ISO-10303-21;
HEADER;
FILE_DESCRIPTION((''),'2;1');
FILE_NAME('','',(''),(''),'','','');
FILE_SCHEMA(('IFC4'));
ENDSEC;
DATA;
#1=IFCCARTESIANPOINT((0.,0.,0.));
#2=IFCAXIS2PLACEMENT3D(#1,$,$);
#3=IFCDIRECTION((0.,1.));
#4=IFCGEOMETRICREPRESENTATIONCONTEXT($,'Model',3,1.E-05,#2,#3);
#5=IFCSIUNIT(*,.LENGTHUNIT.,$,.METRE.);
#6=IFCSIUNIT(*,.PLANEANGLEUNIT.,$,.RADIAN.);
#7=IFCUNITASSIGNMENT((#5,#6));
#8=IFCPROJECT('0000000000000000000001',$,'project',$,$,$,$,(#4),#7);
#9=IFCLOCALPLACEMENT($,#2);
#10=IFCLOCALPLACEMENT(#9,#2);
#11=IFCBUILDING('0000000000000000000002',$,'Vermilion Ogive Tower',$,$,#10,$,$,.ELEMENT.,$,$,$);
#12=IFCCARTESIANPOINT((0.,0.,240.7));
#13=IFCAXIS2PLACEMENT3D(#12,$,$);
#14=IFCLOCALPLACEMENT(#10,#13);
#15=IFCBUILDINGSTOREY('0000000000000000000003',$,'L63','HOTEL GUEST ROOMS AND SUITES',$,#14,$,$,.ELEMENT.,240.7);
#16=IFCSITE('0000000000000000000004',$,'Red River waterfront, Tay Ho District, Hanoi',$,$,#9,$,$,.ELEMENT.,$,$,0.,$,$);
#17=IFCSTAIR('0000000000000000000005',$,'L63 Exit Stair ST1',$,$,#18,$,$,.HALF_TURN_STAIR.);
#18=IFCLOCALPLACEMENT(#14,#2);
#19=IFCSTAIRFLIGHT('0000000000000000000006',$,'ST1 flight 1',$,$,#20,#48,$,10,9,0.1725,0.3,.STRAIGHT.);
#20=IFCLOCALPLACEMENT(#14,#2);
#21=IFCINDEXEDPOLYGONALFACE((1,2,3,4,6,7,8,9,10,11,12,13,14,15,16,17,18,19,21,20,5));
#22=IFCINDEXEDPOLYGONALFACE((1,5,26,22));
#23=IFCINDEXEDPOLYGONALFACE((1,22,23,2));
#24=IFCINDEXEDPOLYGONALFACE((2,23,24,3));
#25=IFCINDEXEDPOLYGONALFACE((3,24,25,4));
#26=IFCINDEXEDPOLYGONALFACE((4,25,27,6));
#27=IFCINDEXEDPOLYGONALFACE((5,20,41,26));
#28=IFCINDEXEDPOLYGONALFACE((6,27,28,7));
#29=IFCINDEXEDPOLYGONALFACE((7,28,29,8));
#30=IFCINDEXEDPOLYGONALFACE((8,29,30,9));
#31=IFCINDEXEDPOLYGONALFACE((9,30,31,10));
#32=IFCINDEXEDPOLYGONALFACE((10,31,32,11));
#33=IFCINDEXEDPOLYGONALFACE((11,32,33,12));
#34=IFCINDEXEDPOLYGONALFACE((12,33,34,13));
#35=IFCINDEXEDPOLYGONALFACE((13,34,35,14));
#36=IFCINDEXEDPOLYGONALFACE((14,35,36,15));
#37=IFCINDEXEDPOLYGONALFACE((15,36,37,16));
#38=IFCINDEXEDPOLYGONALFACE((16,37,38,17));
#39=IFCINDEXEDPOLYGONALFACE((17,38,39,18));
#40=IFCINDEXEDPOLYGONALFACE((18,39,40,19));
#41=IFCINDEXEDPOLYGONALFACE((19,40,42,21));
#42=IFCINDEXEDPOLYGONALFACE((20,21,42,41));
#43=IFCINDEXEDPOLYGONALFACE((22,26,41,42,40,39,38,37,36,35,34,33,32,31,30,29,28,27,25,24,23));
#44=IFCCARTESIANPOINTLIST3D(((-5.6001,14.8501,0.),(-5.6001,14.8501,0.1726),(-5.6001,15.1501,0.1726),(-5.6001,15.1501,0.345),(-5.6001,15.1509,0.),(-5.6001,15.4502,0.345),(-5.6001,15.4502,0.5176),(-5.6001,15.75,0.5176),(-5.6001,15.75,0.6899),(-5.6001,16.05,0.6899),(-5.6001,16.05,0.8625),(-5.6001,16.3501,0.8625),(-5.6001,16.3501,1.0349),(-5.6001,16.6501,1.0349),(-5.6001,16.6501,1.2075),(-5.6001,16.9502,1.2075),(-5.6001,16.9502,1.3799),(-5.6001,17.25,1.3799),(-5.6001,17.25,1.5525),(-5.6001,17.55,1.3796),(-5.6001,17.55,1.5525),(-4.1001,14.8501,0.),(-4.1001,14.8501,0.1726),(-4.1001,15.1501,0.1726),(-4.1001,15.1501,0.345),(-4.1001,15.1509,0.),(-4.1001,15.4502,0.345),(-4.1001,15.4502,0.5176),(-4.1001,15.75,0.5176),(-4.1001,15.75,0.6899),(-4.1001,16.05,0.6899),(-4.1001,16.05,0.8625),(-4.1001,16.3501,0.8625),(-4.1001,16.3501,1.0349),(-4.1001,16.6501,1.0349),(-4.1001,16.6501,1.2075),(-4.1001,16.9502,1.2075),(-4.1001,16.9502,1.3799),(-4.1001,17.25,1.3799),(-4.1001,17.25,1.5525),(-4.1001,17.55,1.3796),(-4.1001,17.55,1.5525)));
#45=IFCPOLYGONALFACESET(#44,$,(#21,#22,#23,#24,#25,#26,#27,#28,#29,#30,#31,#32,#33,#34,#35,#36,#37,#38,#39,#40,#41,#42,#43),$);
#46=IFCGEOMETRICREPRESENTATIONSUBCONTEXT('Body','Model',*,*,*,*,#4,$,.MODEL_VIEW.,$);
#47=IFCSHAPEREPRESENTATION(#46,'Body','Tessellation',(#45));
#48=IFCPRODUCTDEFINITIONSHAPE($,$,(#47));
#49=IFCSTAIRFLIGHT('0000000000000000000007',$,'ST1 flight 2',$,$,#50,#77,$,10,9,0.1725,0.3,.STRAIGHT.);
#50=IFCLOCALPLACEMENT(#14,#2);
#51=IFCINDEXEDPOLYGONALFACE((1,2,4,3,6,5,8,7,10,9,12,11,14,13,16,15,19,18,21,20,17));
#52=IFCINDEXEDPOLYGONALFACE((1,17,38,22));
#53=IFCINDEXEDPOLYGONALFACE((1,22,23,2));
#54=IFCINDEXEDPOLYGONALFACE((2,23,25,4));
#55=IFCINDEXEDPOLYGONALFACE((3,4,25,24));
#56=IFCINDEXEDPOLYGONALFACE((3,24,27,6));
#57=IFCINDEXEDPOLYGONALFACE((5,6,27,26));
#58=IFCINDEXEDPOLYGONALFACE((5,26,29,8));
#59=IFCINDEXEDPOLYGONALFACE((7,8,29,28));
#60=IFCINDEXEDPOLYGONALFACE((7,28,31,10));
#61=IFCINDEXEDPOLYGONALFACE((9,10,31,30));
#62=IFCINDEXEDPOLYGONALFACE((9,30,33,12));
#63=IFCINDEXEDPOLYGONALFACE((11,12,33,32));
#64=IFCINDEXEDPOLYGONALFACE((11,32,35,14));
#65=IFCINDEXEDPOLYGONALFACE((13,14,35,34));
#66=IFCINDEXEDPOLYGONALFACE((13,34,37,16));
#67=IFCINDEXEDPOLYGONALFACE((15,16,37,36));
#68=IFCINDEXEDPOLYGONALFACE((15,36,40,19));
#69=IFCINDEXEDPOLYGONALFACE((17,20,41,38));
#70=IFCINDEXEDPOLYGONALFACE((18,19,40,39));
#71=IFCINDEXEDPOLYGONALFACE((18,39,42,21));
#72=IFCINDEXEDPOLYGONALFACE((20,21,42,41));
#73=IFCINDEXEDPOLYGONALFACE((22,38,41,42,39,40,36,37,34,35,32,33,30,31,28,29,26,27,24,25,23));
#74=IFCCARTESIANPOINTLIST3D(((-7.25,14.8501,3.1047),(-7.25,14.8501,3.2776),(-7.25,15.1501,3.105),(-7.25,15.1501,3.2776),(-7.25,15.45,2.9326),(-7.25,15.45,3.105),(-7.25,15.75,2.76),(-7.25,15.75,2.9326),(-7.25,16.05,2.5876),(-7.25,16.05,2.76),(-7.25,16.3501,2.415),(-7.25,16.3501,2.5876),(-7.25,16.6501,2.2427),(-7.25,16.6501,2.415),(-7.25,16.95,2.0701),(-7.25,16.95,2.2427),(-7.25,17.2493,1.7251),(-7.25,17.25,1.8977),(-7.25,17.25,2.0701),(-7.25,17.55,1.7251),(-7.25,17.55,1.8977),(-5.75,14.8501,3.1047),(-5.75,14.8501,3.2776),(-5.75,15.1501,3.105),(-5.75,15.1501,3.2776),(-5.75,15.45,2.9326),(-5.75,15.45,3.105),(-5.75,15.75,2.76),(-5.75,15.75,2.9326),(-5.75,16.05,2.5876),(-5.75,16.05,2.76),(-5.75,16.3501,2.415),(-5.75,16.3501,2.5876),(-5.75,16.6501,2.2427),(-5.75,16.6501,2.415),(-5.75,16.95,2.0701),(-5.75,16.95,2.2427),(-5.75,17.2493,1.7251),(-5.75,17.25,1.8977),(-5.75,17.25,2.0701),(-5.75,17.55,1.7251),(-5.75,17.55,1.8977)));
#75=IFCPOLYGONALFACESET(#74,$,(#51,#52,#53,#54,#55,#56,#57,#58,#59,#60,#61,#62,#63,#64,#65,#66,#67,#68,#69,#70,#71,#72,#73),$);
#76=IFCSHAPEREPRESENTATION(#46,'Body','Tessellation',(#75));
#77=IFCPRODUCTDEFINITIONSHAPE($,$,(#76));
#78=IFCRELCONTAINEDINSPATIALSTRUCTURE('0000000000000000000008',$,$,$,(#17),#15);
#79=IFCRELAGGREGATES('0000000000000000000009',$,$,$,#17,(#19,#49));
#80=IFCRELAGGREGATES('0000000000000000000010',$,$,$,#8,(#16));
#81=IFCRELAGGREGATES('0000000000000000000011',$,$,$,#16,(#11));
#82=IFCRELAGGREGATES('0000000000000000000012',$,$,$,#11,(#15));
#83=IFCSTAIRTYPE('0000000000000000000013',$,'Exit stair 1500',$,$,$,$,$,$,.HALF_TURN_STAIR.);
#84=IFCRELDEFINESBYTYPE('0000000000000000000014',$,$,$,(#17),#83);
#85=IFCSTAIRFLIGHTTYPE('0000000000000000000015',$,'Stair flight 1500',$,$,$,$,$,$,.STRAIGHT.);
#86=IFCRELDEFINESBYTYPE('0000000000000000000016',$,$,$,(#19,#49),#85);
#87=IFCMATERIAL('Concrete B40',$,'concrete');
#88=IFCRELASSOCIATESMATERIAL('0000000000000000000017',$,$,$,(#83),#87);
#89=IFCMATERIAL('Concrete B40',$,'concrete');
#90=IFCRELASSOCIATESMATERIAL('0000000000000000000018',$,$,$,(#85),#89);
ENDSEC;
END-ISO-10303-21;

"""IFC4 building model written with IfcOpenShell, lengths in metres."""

from ifc_helpers import new_model, si_unit, direction, frame, origin, place, context, subcontext, project, spatial, polyline, outline, extrude, material, type_object, element, aggregate, save


model = new_model("IFC4")

# Units and contexts
model_context = context("Model", 3, precision=1e-05, world=origin(), true_north=direction((0.0, 1.0)))
body_context = subcontext(model_context, "Body", "Model", "MODEL_VIEW")
ifc_project = project(units=[si_unit("LENGTHUNIT", "METRE"), si_unit("PLANEANGLEUNIT", "RADIAN")], contexts=[model_context])

# Site, building, storey
site_placement = place(None, origin())
site = spatial("IfcSite", under=ifc_project, at=site_placement, Name="Red River waterfront, Tay Ho District, Hanoi", CompositionType="ELEMENT", RefElevation=0.0)
building_placement = place(site_placement, origin())
building = spatial("IfcBuilding", under=site, at=building_placement, Name="Vermilion Ogive Tower", CompositionType="ELEMENT")
storey_placement = place(building_placement, frame((0.0, 0.0, 240.7)))
storey = spatial("IfcBuildingStorey", under=building, at=storey_placement, Name="L63", Description="HOTEL GUEST ROOMS AND SUITES", CompositionType="ELEMENT", Elevation=240.7)

# Stair, stair flights
ifc_material_1 = material(Name="Concrete B40", Category="concrete")
stair_type = type_object("IfcStairType", Name="Exit stair 1500", PredefinedType="HALF_TURN_STAIR", material=ifc_material_1)
stair_placement = place(storey_placement, origin())
stair = element("IfcStair", 1, at=stair_placement, inside=storey, type_object=stair_type, Name="L63 Exit Stair ST1", PredefinedType="HALF_TURN_STAIR")
ifc_material_2 = material(Name="Concrete B40", Category="concrete")
stair_flight_type = type_object("IfcStairFlightType", Name="Stair flight 1500", PredefinedType="STRAIGHT", material=ifc_material_2)
stair_flight_1_placement = place(storey_placement, frame((-4.8501, 14.8501, 0.0), z_axis=(0.0, 0.0, 1.0), x_axis=(0.0, 1.0, 0.0)))
stair_flight_1 = element("IfcStairFlight", 2, at=stair_flight_1_placement, type_object=stair_flight_type, Name="ST1 flight 1", NumberOfRisers=10, NumberOfTreads=9, PredefinedType="STRAIGHT", RiserHeight=0.1725, TreadLength=0.3, context=body_context, shape_type="SweptSolid", body=[
    extrude(outline(polyline([(0.0, 0.0), (0.0, 0.1726), (0.3, 0.1726), (0.3, 0.345), (0.6001, 0.345), (0.6001, 0.5176), (0.8999, 0.5176), (0.8999, 0.6899), (1.2, 0.6899), (1.2, 0.8625), (1.5, 0.8625), (1.5, 1.0349), (1.8, 1.0349), (1.8, 1.2075), (2.1001, 1.2075), (2.1001, 1.3799), (2.3999, 1.3799), (2.3999, 1.5525), (2.7, 1.5525), (2.7, 1.7251), (2.7, 1.3796), (0.3008, 0.0), (0.0, 0.0)])), frame((0.0, 0.75, 0.0), z_axis=(0.0, -1.0, 0.0), x_axis=(1.0, 0.0, 0.0)), (0.0, 0.0, 1.0), 1.5),
])
stair_flight_2_placement = place(storey_placement, frame((-6.5, 17.55, 1.7251), z_axis=(0.0, 0.0, 1.0), x_axis=(0.0, -1.0, 0.0)))
stair_flight_2 = element("IfcStairFlight", 3, at=stair_flight_2_placement, type_object=stair_flight_type, Name="ST1 flight 2", NumberOfRisers=10, NumberOfTreads=9, PredefinedType="STRAIGHT", RiserHeight=0.1725, TreadLength=0.3, context=body_context, shape_type="SweptSolid", body=[
    extrude(outline(polyline([(0.0, 0.0), (0.0, 0.1726), (0.3, 0.1726), (0.3, 0.345), (0.6001, 0.345), (0.6001, 0.5176), (0.8999, 0.5176), (0.8999, 0.6899), (1.2, 0.6899), (1.2, 0.8625), (1.5, 0.8625), (1.5, 1.0349), (1.8, 1.0349), (1.8, 1.2075), (2.1001, 1.2075), (2.1001, 1.3799), (2.3999, 1.3799), (2.3999, 1.5525), (2.7, 1.5525), (2.7, 1.7251), (2.7, 1.3796), (0.3008, 0.0), (0.0, 0.0)])), frame((0.0, 0.75, 0.0), z_axis=(0.0, -1.0, 0.0), x_axis=(1.0, 0.0, 0.0)), (0.0, 0.0, 1.0), 1.5),
])
aggregate(stair, [stair_flight_1, stair_flight_2])

save(model, "model.ifc")
